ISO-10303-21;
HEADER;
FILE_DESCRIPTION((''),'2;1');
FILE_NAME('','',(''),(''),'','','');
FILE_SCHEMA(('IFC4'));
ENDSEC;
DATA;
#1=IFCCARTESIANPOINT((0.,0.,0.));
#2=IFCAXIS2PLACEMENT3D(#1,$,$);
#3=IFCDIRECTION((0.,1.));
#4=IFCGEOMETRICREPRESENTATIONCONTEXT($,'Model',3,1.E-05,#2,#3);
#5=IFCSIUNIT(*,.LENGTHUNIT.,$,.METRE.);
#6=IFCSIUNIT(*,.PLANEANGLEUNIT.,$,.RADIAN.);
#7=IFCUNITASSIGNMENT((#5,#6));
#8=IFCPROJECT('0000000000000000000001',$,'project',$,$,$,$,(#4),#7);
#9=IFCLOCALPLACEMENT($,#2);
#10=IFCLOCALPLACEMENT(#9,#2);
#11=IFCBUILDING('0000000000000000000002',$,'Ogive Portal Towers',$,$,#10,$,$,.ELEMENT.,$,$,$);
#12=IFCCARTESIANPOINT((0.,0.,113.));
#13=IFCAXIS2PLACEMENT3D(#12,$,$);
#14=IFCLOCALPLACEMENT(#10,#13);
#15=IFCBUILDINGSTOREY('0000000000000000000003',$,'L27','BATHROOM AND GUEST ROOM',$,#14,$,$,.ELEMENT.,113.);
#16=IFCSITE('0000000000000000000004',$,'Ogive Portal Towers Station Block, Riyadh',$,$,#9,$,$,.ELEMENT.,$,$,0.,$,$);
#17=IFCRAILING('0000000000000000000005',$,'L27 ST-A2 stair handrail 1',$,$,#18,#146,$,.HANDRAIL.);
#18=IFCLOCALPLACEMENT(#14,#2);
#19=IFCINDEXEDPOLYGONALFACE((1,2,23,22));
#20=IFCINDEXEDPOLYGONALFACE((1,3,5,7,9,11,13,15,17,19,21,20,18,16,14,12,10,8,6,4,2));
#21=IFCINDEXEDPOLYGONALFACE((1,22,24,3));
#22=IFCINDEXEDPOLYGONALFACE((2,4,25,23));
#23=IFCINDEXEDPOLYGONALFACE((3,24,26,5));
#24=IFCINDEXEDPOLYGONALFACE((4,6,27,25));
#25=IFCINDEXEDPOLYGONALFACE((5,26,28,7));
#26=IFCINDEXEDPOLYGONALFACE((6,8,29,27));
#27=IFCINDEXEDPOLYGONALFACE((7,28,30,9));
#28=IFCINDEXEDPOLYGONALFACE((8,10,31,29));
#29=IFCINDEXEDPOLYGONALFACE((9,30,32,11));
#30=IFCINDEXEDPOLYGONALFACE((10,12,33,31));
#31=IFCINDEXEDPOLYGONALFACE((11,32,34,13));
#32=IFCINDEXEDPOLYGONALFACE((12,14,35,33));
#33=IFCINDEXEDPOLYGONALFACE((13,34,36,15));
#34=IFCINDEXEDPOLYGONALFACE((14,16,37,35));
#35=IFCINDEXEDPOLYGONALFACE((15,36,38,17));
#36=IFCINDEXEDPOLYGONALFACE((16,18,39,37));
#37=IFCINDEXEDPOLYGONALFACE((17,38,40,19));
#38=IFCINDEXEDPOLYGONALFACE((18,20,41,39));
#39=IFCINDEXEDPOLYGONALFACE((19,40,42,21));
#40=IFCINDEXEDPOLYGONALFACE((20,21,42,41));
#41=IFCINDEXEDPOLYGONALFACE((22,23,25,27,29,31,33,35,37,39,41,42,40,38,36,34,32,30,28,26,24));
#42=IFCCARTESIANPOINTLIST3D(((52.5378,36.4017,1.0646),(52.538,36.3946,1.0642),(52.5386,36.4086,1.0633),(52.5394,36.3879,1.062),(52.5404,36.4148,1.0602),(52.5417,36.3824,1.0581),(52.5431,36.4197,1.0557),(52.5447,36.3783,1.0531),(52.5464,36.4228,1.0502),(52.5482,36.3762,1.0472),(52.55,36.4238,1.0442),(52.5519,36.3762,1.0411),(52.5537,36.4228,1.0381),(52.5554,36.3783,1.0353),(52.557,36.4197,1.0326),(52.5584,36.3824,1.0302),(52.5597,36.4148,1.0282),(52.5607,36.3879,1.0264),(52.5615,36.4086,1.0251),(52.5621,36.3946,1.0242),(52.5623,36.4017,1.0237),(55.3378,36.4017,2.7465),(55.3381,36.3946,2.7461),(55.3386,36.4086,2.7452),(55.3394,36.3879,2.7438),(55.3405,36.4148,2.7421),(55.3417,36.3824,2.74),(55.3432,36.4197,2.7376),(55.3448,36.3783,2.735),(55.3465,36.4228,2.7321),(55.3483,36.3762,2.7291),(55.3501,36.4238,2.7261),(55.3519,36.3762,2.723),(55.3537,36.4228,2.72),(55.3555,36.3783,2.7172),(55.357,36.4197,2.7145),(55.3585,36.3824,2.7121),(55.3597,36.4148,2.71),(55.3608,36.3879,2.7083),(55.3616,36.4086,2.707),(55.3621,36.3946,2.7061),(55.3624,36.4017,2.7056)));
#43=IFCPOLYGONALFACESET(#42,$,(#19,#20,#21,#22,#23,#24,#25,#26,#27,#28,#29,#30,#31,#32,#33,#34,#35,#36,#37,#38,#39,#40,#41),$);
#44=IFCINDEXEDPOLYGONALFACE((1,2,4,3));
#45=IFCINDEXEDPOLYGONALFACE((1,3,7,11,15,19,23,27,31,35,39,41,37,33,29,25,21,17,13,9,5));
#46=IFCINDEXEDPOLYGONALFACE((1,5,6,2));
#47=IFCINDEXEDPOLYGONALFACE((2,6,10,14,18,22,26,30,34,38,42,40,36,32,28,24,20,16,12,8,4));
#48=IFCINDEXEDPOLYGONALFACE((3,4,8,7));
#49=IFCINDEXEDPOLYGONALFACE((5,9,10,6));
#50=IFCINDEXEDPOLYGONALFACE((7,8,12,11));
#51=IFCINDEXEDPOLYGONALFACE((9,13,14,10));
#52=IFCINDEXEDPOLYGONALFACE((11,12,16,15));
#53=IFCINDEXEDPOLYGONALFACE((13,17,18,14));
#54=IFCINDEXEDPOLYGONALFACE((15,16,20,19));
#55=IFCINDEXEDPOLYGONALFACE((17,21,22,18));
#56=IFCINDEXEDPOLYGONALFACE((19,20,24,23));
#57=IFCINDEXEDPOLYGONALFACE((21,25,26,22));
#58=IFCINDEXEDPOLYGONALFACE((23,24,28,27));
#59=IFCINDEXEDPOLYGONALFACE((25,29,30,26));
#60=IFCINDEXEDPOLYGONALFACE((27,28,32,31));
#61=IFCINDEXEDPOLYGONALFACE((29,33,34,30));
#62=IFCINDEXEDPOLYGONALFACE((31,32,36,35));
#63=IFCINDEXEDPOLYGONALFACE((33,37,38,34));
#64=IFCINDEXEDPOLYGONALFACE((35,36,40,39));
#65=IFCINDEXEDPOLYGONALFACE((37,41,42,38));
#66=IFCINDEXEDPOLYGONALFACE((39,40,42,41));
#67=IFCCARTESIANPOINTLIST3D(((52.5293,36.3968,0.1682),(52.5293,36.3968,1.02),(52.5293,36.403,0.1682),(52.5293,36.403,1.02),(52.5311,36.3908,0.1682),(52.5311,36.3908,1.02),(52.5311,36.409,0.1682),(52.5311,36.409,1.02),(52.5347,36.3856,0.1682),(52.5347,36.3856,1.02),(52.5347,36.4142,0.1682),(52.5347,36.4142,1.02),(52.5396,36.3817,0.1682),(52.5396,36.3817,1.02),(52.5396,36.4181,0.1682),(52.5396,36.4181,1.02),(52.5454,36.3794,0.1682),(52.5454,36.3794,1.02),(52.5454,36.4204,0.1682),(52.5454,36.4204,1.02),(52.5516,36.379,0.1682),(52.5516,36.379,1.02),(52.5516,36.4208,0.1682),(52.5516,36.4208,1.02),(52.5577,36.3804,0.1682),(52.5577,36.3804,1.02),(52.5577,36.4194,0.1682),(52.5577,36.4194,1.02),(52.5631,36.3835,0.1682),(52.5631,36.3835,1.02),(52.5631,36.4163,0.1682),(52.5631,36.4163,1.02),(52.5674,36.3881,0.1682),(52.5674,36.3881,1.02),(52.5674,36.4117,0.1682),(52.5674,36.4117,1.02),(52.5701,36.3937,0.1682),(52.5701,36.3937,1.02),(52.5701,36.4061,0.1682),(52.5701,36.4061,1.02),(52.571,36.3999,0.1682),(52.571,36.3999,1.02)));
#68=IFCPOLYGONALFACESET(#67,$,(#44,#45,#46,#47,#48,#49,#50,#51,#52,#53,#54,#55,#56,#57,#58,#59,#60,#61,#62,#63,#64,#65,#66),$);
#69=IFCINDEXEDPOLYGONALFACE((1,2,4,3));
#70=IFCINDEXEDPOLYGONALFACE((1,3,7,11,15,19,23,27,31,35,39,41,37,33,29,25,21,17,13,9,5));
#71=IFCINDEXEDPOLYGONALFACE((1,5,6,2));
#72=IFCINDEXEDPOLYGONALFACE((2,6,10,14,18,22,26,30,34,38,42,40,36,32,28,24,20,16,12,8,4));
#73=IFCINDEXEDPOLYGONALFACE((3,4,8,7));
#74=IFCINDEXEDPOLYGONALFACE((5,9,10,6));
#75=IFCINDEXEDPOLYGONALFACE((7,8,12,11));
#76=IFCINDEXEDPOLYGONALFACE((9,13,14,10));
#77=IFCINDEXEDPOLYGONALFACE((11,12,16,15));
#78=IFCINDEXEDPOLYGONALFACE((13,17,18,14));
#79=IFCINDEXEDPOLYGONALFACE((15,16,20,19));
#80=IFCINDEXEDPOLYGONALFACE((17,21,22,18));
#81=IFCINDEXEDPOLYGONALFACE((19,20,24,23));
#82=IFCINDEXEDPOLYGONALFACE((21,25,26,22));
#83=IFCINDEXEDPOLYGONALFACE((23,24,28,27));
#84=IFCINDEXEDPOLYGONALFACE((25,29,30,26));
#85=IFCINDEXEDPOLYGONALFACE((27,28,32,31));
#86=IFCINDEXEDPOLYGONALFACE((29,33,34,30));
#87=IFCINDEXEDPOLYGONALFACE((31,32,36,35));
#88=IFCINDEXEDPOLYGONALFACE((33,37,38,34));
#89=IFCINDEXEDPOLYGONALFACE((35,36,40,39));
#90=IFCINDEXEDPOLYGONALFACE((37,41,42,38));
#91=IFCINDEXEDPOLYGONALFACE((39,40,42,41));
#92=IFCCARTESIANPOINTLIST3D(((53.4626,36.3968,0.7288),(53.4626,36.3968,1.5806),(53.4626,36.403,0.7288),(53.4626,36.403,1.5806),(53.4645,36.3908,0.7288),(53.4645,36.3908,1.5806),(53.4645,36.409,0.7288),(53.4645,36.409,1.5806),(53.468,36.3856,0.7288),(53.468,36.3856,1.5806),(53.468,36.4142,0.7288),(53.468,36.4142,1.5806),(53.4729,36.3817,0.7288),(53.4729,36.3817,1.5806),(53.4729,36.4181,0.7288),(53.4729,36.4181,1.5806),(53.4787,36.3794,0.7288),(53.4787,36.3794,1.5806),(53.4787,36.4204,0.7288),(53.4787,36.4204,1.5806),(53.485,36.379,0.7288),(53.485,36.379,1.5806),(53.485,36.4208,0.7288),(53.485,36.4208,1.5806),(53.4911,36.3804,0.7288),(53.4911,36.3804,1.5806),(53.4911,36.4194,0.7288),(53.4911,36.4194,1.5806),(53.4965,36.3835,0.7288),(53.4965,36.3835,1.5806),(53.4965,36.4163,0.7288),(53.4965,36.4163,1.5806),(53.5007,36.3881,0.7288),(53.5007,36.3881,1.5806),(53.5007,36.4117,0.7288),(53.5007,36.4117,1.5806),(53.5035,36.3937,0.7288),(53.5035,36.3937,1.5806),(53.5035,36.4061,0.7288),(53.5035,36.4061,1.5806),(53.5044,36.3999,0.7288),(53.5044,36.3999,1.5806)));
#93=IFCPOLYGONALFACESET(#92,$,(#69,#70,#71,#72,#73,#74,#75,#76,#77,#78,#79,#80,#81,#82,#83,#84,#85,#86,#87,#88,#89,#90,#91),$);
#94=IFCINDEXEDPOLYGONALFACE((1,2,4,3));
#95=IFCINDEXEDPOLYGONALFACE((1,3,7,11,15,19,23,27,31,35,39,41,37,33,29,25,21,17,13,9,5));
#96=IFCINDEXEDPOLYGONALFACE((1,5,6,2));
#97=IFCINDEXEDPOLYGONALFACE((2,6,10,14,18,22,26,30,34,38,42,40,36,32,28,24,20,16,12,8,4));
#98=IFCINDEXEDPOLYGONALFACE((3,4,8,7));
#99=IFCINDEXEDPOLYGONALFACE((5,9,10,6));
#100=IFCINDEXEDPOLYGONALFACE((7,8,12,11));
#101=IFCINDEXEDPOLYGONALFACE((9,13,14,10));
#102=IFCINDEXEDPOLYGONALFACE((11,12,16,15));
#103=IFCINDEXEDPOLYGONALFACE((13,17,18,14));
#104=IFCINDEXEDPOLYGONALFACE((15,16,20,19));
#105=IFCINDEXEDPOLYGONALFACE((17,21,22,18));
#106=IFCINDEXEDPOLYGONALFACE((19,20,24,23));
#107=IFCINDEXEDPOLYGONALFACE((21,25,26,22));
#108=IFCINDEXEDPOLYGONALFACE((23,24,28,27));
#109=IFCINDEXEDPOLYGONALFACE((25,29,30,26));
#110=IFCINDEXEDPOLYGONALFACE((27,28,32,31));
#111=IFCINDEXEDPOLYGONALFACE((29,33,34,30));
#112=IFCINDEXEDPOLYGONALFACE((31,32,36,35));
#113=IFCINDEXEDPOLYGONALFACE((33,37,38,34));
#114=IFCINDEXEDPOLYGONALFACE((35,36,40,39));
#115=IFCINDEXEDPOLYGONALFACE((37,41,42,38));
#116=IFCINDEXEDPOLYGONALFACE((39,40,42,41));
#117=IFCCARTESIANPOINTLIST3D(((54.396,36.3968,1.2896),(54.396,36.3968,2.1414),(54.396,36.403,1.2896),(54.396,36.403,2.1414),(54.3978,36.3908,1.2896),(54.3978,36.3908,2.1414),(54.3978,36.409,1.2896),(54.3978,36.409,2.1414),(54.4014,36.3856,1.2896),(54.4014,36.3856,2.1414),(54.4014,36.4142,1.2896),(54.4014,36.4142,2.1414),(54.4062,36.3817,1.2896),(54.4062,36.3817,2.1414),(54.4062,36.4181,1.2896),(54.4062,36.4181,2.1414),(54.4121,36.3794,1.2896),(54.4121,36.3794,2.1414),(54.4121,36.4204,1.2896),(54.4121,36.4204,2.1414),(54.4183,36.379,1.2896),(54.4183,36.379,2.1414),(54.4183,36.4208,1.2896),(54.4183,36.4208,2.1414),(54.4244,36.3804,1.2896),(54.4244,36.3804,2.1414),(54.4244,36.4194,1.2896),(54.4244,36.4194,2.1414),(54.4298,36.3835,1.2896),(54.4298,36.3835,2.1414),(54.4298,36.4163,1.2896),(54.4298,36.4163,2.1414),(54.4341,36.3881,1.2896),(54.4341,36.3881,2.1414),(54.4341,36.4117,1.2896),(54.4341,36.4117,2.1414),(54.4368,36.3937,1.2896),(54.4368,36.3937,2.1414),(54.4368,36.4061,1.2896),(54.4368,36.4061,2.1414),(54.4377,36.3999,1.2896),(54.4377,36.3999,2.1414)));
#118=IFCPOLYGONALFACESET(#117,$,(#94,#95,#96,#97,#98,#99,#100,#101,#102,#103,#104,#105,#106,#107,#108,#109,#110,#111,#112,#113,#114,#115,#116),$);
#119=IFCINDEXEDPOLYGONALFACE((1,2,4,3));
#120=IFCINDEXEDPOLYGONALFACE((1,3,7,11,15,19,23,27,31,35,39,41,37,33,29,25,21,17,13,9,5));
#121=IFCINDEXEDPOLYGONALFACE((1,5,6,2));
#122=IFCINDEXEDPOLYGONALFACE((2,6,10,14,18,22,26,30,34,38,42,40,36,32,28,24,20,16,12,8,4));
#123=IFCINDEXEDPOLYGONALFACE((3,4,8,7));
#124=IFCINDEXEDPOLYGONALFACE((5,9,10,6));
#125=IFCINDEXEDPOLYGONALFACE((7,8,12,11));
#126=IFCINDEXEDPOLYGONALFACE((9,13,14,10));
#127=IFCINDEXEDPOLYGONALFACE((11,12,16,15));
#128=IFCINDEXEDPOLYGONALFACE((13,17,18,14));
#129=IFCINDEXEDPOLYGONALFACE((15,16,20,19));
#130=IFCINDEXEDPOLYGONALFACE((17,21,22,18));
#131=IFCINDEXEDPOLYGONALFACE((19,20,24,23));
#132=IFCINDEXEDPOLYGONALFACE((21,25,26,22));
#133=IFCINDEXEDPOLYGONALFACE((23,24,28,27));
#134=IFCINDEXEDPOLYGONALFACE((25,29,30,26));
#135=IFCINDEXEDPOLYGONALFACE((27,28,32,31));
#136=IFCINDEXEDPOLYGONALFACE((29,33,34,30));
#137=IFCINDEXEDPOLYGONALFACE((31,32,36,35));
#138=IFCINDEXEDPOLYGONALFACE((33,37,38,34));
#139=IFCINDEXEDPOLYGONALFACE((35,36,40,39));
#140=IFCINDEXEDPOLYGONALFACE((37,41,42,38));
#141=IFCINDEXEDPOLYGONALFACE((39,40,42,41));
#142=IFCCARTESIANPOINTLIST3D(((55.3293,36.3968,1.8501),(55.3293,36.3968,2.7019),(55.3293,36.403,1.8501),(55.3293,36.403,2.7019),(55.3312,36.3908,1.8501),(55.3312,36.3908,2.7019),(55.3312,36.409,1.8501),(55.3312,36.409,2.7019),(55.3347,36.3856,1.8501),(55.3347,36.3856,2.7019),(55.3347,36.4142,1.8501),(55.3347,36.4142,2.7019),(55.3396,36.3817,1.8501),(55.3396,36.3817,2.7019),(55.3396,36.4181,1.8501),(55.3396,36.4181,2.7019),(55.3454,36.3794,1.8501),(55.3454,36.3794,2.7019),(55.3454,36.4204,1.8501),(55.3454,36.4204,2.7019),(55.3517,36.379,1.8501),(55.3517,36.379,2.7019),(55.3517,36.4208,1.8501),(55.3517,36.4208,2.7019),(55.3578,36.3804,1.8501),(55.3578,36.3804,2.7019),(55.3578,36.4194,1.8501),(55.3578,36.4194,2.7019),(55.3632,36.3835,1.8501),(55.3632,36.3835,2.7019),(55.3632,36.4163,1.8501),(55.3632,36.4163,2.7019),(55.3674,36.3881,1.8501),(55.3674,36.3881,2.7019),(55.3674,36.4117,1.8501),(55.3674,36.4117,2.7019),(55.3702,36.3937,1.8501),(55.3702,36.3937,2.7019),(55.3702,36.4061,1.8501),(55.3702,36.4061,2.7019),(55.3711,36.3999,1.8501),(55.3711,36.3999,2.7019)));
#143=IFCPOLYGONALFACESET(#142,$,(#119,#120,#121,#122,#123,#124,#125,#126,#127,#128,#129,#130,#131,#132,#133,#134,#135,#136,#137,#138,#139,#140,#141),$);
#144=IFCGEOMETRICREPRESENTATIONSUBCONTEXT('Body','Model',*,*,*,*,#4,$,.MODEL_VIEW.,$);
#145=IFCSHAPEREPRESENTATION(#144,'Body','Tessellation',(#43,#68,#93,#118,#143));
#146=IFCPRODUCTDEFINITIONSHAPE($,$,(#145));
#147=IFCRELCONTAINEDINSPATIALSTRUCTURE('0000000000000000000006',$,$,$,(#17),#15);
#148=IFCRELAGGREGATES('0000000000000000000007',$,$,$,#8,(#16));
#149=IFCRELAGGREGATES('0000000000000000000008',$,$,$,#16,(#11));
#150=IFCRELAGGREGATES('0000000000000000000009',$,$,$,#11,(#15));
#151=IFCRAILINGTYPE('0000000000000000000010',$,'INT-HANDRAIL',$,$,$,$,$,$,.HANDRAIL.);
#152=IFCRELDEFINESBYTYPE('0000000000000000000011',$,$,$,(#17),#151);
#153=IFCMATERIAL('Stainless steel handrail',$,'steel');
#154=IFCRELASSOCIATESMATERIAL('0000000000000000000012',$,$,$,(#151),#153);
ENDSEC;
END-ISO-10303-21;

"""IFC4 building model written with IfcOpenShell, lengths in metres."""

from ifc_helpers import new_model, si_unit, direction, frame, origin, origin_2d, place, context, subcontext, project, spatial, circle, extrude, material, type_object, element, save


model = new_model("IFC4")

# Units and contexts
model_context = context("Model", 3, precision=1e-05, world=origin(), true_north=direction((0.0, 1.0)))
body_context = subcontext(model_context, "Body", "Model", "MODEL_VIEW")
ifc_project = project(units=[si_unit("LENGTHUNIT", "METRE"), si_unit("PLANEANGLEUNIT", "RADIAN")], contexts=[model_context])

# Site, building, storey
site_placement = place(None, origin())
site = spatial("IfcSite", under=ifc_project, at=site_placement, Name="Ogive Portal Towers Station Block, Riyadh", CompositionType="ELEMENT", RefElevation=0.0)
building_placement = place(site_placement, origin())
building = spatial("IfcBuilding", under=site, at=building_placement, Name="Ogive Portal Towers", CompositionType="ELEMENT")
storey_placement = place(building_placement, frame((0.0, 0.0, 113.0)))
storey = spatial("IfcBuildingStorey", under=building, at=storey_placement, Name="L27", Description="BATHROOM AND GUEST ROOM", CompositionType="ELEMENT", Elevation=113.0)

# Railing
ifc_material_1 = material(Name="Stainless steel handrail", Category="steel")
railing_type_1 = type_object("IfcRailingType", Name="INT-HANDRAIL", PredefinedType="HANDRAIL", material=ifc_material_1)
railing_1_placement = place(storey_placement, frame((52.55, 36.3999, 0.1682)))
element("IfcRailing", 1, at=railing_1_placement, inside=storey, type_object=railing_type_1, Name="L27 ST-A2 stair handrail 1", PredefinedType="HANDRAIL", context=body_context, shape_type="SweptSolid", body=[
    extrude(circle(Radius=0.0239, at=origin_2d()), frame((0.0, 0.0, 0.876), z_axis=(0.857242, 0.0, 0.514913), x_axis=(0.0, 1.0, 0.0)), (0.0, 0.0, 1.0), 3.2664),
    extrude(circle(Radius=0.021, at=origin_2d()), origin(), (0.0, 0.0, 1.0), 0.8518),
    extrude(circle(Radius=0.021, at=origin_2d()), frame((0.9333, 0.0, 0.5605)), (0.0, 0.0, 1.0), 0.8518),
    extrude(circle(Radius=0.021, at=origin_2d()), frame((1.8667, 0.0, 1.1213)), (0.0, 0.0, 1.0), 0.8518),
    extrude(circle(Radius=0.021, at=origin_2d()), frame((2.8, 0.0, 1.6819)), (0.0, 0.0, 1.0), 0.8518),
])

save(model, "model.ifc")
